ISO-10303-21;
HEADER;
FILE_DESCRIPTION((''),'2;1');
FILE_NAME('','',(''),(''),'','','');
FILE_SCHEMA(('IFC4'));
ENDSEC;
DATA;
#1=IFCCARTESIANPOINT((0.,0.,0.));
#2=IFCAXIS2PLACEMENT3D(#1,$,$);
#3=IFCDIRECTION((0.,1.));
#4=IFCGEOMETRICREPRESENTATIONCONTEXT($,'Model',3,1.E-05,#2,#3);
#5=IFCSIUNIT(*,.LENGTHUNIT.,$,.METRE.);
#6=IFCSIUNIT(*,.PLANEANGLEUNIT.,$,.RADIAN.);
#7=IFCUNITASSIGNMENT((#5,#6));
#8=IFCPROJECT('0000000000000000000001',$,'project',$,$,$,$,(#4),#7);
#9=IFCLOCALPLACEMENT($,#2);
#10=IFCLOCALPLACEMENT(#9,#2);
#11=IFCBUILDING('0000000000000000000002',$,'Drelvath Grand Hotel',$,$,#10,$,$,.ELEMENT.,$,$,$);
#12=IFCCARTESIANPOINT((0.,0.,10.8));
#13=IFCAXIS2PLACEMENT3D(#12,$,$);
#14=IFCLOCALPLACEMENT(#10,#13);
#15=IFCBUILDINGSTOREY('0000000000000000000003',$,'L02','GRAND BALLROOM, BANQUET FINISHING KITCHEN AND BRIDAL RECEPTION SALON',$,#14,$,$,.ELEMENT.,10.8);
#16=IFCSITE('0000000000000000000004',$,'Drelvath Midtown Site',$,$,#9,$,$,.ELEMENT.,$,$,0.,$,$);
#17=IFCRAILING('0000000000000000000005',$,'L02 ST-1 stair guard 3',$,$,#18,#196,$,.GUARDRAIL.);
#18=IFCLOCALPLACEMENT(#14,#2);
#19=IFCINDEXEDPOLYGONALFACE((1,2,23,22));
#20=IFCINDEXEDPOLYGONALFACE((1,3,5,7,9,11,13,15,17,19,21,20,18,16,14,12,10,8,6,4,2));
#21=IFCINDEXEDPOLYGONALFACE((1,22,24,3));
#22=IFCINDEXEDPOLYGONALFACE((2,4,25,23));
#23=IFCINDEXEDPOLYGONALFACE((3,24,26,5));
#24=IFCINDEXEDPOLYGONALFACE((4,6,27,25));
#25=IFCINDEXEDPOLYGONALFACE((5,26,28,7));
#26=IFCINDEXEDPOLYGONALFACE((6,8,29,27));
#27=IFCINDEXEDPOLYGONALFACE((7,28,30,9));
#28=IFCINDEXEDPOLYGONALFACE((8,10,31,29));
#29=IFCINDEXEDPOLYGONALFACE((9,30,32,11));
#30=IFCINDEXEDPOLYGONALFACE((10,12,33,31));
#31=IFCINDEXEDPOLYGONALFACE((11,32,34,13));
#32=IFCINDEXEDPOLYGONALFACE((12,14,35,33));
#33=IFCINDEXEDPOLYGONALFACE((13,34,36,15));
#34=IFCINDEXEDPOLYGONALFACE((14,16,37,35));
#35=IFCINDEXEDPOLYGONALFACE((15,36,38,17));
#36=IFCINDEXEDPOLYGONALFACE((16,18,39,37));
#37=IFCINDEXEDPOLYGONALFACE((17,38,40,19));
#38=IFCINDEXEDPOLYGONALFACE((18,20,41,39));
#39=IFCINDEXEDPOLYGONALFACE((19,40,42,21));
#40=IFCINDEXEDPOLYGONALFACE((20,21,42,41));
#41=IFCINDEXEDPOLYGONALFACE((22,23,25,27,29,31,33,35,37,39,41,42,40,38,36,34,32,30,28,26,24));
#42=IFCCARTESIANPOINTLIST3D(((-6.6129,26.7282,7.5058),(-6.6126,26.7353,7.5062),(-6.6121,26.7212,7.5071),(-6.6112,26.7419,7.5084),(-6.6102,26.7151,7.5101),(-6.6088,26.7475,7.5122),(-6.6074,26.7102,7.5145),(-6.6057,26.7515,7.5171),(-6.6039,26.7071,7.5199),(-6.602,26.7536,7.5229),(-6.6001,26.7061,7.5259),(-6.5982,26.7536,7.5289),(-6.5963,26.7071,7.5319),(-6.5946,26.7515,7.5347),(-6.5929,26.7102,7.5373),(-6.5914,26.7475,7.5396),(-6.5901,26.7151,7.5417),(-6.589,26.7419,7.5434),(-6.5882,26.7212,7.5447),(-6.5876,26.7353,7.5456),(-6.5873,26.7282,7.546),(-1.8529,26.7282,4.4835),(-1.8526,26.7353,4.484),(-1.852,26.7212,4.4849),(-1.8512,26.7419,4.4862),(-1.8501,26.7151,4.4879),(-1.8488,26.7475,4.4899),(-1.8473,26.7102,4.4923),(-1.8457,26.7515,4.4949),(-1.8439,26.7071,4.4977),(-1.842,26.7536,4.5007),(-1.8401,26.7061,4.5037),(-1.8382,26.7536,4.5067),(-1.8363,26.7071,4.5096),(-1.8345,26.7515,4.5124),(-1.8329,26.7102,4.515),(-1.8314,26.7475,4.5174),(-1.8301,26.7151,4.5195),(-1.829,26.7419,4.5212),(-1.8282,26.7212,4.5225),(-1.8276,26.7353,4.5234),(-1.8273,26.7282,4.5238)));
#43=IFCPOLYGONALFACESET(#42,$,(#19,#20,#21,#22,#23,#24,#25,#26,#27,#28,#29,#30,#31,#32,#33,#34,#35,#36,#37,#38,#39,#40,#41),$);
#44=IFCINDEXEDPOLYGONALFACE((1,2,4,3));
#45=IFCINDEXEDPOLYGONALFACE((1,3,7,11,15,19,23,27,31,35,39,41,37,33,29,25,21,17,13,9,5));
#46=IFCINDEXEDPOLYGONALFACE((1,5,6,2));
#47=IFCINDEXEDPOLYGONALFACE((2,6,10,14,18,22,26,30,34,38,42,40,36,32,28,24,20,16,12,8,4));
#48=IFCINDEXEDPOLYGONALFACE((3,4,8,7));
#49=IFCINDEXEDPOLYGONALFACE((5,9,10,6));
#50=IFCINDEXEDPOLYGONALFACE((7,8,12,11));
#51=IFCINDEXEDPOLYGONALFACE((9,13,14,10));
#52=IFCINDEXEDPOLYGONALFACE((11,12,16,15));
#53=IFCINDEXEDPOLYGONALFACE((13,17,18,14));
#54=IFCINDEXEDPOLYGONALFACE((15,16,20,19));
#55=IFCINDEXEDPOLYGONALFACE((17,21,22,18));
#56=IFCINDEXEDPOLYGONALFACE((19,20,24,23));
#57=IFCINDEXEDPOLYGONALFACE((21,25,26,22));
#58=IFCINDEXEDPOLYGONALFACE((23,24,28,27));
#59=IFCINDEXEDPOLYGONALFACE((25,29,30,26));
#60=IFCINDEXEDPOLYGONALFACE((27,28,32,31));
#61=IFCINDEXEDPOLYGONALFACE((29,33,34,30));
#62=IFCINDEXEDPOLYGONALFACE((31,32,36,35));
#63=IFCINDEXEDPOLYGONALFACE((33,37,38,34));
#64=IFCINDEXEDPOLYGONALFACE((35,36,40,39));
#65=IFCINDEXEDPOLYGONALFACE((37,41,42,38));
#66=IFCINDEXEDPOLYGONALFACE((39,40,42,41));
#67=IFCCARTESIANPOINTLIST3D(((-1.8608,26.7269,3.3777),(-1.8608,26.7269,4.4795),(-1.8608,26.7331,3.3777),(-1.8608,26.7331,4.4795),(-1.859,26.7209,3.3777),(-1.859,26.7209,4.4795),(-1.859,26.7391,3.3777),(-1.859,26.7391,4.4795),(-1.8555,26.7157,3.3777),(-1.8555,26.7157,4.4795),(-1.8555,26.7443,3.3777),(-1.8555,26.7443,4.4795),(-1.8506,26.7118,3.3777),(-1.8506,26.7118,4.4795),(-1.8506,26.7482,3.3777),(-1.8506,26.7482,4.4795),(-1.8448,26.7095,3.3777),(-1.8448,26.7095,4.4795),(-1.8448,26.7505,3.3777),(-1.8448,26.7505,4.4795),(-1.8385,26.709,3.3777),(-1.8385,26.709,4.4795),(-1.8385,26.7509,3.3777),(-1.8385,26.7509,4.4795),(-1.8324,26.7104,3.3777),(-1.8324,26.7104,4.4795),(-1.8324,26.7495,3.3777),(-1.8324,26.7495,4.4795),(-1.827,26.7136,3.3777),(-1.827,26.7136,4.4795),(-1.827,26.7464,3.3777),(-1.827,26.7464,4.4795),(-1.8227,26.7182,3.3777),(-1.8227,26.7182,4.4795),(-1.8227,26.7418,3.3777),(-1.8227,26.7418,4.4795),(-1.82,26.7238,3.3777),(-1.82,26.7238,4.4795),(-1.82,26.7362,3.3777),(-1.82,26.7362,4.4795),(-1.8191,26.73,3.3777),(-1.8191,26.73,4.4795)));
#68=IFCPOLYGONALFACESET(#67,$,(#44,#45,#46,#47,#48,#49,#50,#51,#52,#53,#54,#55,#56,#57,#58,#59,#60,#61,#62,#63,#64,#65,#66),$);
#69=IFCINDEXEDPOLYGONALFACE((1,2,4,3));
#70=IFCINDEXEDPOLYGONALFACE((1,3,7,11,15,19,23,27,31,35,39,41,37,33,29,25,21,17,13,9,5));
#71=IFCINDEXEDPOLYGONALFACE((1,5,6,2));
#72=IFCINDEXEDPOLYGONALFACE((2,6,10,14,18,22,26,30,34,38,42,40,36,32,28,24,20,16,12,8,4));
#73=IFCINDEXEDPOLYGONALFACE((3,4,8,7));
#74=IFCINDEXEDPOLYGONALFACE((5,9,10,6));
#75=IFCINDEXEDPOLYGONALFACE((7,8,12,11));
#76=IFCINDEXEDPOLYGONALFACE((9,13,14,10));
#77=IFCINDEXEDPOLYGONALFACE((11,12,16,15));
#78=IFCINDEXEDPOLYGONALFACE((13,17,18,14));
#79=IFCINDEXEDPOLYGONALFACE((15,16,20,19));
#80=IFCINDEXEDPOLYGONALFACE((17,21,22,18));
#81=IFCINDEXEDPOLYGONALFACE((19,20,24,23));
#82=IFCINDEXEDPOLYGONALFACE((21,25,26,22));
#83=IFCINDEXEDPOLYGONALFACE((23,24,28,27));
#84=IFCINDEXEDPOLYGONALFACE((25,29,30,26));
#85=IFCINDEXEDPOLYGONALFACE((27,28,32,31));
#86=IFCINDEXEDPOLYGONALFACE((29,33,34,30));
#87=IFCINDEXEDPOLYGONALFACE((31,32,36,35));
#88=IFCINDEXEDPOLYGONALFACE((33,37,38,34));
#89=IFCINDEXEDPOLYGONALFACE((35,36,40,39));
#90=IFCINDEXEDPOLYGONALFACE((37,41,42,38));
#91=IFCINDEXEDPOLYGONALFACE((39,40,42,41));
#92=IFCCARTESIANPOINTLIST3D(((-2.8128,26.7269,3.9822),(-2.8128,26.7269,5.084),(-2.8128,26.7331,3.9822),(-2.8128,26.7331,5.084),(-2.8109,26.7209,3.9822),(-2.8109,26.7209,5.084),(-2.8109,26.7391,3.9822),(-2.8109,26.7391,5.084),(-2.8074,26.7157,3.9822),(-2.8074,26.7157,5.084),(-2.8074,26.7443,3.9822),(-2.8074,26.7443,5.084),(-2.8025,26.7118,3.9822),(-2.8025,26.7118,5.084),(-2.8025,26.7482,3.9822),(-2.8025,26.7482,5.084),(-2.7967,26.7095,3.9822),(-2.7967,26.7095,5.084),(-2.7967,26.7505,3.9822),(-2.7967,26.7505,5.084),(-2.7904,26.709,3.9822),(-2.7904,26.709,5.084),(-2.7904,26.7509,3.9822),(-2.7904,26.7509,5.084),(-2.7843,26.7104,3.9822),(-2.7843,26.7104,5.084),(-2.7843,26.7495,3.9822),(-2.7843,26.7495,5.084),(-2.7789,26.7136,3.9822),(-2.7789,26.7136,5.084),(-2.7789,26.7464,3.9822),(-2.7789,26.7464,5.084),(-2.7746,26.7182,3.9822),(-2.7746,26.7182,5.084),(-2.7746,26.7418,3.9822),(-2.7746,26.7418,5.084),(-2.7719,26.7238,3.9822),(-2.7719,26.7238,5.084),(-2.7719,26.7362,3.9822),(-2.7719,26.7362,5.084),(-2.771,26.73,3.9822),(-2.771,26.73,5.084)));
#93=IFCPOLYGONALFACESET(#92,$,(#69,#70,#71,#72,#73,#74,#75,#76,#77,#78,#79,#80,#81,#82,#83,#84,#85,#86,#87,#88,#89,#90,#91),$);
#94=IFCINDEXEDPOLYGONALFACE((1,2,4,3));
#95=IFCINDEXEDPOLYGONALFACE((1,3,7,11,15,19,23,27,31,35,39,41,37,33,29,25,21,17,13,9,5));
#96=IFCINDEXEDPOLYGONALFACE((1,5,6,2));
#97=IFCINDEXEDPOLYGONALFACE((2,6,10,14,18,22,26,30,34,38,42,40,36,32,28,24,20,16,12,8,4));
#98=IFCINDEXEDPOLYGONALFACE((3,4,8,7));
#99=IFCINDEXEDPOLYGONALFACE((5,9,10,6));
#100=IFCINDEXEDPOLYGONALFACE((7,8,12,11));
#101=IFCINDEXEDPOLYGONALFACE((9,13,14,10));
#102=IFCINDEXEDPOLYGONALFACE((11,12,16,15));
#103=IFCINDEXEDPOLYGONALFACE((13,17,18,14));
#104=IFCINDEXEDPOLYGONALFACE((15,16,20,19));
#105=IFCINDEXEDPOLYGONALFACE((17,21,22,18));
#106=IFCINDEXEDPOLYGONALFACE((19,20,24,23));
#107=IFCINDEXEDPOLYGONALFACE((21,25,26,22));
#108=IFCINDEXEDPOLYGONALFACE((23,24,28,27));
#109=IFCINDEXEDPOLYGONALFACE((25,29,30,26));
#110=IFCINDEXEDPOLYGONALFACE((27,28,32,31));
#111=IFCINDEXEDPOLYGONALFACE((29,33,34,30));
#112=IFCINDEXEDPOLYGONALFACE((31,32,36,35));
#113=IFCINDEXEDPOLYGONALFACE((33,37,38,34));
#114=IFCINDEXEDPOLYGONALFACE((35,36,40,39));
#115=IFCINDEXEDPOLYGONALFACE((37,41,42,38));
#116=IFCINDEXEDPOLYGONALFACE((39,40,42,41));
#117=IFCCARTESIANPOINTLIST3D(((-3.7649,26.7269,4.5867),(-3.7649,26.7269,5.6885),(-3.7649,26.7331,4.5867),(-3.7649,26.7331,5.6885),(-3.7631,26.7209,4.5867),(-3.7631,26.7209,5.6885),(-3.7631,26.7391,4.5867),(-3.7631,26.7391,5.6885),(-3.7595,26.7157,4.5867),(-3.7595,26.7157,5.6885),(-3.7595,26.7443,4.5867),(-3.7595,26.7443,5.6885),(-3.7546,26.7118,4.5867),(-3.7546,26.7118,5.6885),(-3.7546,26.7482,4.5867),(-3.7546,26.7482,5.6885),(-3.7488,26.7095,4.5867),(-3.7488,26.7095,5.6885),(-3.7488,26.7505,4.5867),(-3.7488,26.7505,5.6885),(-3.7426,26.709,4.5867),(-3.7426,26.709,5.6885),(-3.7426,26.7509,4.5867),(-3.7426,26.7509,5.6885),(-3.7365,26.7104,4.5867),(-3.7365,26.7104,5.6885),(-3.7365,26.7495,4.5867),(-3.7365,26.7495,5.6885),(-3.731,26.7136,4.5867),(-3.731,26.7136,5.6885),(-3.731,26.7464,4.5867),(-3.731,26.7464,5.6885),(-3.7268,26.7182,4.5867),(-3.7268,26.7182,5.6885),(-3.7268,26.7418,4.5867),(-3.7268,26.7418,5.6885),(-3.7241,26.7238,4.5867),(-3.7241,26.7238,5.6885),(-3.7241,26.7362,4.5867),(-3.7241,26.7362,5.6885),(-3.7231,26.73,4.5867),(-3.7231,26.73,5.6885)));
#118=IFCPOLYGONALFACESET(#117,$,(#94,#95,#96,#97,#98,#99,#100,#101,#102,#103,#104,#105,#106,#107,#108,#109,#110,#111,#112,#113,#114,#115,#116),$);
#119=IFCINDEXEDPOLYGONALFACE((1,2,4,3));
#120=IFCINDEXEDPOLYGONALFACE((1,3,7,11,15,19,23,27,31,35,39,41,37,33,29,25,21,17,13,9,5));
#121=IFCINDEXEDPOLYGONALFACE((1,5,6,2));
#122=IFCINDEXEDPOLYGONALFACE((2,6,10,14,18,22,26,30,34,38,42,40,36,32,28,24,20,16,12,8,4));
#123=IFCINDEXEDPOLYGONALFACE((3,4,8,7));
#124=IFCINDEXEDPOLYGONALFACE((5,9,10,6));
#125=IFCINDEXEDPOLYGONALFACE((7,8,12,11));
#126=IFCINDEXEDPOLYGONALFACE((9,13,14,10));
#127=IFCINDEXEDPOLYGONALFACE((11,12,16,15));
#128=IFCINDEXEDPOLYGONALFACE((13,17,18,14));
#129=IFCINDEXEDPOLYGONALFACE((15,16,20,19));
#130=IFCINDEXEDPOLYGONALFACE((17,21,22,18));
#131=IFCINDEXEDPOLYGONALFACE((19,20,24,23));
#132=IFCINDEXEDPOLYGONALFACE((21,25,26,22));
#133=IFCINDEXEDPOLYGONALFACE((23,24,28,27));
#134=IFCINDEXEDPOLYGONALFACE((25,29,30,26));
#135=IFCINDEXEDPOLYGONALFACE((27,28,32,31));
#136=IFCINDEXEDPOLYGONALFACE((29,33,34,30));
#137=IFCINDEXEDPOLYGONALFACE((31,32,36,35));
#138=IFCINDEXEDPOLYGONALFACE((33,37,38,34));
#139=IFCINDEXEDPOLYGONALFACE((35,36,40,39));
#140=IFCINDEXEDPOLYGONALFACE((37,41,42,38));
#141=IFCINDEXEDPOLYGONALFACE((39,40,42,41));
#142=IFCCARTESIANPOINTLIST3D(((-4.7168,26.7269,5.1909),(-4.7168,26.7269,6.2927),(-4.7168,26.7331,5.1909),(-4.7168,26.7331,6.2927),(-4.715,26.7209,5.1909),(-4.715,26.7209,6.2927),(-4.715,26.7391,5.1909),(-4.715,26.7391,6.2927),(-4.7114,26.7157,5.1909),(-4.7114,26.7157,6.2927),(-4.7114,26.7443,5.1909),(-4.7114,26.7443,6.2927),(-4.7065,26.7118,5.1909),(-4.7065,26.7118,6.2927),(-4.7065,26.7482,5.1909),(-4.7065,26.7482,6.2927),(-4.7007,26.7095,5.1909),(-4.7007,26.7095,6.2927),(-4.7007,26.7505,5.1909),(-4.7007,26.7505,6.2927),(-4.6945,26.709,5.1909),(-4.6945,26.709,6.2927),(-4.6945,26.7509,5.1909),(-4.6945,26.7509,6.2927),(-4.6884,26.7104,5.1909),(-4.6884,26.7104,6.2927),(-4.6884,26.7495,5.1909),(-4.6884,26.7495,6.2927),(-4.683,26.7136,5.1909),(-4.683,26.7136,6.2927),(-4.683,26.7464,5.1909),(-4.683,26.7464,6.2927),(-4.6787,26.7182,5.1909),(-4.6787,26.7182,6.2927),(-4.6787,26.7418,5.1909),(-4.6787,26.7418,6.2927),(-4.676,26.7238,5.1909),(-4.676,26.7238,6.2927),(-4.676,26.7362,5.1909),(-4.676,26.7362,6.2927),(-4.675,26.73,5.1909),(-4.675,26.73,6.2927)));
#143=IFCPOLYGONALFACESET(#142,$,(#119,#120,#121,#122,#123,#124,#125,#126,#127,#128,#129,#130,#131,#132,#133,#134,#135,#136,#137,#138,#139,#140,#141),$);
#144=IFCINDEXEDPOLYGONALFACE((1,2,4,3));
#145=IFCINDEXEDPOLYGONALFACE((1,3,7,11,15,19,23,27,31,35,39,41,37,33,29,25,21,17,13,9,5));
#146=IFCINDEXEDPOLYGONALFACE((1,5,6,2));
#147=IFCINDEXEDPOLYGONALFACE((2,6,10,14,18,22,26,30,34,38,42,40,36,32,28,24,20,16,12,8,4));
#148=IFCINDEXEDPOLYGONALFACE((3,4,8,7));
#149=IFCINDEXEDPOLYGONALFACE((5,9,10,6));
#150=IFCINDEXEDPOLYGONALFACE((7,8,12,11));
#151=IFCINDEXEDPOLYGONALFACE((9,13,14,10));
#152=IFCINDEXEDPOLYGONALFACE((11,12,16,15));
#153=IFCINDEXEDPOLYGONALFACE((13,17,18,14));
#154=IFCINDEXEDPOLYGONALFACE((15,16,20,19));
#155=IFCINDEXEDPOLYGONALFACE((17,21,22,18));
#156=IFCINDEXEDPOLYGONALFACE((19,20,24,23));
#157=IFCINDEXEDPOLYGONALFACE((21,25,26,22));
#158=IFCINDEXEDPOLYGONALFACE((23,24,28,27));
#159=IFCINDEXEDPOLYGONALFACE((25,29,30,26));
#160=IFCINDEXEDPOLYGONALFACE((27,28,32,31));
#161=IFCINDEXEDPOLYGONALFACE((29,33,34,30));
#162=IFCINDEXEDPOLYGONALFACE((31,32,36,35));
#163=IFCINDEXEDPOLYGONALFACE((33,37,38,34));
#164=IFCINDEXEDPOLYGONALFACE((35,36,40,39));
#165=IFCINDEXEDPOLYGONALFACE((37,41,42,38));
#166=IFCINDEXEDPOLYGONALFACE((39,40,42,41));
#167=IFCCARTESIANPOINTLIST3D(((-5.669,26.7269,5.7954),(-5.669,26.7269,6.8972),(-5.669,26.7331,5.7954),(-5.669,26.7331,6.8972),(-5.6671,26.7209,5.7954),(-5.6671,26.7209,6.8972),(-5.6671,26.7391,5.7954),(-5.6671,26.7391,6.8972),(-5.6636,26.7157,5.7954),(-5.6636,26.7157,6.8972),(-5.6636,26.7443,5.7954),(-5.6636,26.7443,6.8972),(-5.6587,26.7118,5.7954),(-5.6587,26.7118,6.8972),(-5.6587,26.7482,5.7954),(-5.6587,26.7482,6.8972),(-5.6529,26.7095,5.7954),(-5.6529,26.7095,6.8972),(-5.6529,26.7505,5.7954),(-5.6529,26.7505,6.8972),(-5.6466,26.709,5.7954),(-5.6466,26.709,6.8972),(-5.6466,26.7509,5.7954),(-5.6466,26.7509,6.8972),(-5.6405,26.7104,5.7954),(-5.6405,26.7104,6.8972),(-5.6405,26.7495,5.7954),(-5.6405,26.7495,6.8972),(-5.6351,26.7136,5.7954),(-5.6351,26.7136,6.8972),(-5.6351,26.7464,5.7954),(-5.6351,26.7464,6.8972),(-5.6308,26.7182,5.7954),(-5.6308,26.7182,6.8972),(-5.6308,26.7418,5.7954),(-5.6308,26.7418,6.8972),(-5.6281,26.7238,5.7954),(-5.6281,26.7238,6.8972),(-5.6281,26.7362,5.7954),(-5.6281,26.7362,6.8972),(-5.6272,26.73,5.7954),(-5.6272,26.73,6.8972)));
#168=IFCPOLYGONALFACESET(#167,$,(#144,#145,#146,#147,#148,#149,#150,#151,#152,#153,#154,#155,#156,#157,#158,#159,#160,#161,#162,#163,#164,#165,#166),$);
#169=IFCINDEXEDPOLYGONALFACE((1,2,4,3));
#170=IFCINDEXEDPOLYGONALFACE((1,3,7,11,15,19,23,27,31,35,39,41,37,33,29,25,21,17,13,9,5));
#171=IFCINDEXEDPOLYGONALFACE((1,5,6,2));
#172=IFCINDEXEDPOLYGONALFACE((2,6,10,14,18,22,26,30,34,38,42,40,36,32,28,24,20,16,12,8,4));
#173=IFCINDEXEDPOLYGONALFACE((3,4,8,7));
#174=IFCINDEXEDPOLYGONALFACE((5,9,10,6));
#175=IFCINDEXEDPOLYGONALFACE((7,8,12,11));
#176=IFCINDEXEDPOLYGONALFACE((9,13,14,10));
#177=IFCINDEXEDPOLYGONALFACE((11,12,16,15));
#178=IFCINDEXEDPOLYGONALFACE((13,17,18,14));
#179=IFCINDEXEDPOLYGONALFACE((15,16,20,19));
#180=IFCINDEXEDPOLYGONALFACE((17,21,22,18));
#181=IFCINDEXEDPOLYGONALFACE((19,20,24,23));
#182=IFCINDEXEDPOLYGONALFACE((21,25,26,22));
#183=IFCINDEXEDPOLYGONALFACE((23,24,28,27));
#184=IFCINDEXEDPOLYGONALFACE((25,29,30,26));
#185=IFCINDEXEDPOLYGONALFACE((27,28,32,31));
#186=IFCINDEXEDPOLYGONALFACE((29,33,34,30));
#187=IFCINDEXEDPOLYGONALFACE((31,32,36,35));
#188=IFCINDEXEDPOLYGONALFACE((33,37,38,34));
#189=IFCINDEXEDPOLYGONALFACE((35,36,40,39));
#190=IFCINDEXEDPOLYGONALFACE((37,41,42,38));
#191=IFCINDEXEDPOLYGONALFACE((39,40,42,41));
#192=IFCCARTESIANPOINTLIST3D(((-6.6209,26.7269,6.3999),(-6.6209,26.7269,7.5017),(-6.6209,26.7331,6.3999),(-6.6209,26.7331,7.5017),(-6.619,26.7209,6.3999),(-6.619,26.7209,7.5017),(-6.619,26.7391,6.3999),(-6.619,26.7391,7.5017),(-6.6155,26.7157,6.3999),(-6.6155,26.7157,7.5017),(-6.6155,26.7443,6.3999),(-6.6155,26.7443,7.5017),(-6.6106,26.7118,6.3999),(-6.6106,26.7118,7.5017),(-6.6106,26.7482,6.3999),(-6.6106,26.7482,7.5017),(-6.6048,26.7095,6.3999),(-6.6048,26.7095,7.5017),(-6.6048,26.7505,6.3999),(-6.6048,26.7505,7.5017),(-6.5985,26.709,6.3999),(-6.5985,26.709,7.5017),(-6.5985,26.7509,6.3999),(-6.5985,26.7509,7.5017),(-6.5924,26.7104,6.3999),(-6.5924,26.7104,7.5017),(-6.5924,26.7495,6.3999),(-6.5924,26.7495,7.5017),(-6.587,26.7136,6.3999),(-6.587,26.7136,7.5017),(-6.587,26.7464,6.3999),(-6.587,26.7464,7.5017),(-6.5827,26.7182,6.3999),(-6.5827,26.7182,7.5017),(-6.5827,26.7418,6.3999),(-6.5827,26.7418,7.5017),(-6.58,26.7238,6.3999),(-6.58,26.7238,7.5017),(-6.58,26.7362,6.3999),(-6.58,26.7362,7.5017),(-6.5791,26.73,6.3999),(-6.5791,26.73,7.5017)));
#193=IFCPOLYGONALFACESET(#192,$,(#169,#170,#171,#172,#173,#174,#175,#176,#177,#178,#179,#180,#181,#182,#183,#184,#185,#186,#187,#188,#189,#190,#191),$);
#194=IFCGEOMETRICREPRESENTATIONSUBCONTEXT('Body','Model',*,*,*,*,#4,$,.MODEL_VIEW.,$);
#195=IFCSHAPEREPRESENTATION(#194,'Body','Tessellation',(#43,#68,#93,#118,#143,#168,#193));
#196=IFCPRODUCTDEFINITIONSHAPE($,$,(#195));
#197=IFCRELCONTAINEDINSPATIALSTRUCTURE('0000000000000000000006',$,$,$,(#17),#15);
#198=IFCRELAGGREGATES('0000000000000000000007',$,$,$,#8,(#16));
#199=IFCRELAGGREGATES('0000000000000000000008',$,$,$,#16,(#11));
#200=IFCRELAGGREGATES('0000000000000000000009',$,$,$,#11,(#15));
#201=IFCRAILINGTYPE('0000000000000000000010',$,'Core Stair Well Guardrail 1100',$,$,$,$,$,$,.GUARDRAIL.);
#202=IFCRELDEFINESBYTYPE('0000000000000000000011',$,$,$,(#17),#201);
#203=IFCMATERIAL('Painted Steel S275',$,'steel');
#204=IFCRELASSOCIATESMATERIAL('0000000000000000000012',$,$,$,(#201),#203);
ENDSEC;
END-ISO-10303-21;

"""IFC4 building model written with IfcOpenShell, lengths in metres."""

from ifc_helpers import new_model, si_unit, direction, frame, origin, origin_2d, place, context, subcontext, project, spatial, circle, extrude, material, type_object, element, save


model = new_model("IFC4")

# Units and contexts
model_context = context("Model", 3, precision=1e-05, world=origin(), true_north=direction((0.0, 1.0)))
body_context = subcontext(model_context, "Body", "Model", "MODEL_VIEW")
ifc_project = project(units=[si_unit("LENGTHUNIT", "METRE"), si_unit("PLANEANGLEUNIT", "RADIAN")], contexts=[model_context])

# Site, building, storey
site_placement = place(None, origin())
site = spatial("IfcSite", under=ifc_project, at=site_placement, Name="Drelvath Midtown Site", CompositionType="ELEMENT", RefElevation=0.0)
building_placement = place(site_placement, origin())
building = spatial("IfcBuilding", under=site, at=building_placement, Name="Drelvath Grand Hotel", CompositionType="ELEMENT")
storey_placement = place(building_placement, frame((0.0, 0.0, 10.8)))
storey = spatial("IfcBuildingStorey", under=building, at=storey_placement, Name="L02", Description="GRAND BALLROOM, BANQUET FINISHING KITCHEN AND BRIDAL RECEPTION SALON", CompositionType="ELEMENT", Elevation=10.8)

# Shared definitions
ifc_material_1 = material(Name="Painted Steel S275", Category="steel")

# Railing
railing_type_1 = type_object("IfcRailingType", Name="Core Stair Well Guardrail 1100", PredefinedType="GUARDRAIL", material=ifc_material_1)
railing_1_placement = place(storey_placement, frame((-1.8401, 26.73, 3.3777)))
element("IfcRailing", 1, at=railing_1_placement, inside=storey, type_object=railing_type_1, Name="L02 ST-1 stair guard 3", PredefinedType="GUARDRAIL", context=body_context, shape_type="SweptSolid", body=[
    extrude(circle(Radius=0.0239, at=origin_2d()), frame((0.0, 0.0, 1.126), z_axis=(-0.844214, 0.0, 0.536007), x_axis=(0.0, -1.0, 0.0)), (0.0, 0.0, 1.0), 5.6384),
    extrude(circle(Radius=0.021, at=origin_2d()), origin(), (0.0, 0.0, 1.0), 1.1018),
    extrude(circle(Radius=0.021, at=origin_2d()), frame((-0.9519, 0.0, 0.6045)), (0.0, 0.0, 1.0), 1.1018),
    extrude(circle(Radius=0.021, at=origin_2d()), frame((-1.9041, 0.0, 1.209)), (0.0, 0.0, 1.0), 1.1018),
    extrude(circle(Radius=0.021, at=origin_2d()), frame((-2.856, 0.0, 1.8132)), (0.0, 0.0, 1.0), 1.1018),
    extrude(circle(Radius=0.021, at=origin_2d()), frame((-3.8081, 0.0, 2.4177)), (0.0, 0.0, 1.0), 1.1018),
    extrude(circle(Radius=0.021, at=origin_2d()), frame((-4.76, 0.0, 3.0222)), (0.0, 0.0, 1.0), 1.1018),
])

save(model, "model.ifc")
